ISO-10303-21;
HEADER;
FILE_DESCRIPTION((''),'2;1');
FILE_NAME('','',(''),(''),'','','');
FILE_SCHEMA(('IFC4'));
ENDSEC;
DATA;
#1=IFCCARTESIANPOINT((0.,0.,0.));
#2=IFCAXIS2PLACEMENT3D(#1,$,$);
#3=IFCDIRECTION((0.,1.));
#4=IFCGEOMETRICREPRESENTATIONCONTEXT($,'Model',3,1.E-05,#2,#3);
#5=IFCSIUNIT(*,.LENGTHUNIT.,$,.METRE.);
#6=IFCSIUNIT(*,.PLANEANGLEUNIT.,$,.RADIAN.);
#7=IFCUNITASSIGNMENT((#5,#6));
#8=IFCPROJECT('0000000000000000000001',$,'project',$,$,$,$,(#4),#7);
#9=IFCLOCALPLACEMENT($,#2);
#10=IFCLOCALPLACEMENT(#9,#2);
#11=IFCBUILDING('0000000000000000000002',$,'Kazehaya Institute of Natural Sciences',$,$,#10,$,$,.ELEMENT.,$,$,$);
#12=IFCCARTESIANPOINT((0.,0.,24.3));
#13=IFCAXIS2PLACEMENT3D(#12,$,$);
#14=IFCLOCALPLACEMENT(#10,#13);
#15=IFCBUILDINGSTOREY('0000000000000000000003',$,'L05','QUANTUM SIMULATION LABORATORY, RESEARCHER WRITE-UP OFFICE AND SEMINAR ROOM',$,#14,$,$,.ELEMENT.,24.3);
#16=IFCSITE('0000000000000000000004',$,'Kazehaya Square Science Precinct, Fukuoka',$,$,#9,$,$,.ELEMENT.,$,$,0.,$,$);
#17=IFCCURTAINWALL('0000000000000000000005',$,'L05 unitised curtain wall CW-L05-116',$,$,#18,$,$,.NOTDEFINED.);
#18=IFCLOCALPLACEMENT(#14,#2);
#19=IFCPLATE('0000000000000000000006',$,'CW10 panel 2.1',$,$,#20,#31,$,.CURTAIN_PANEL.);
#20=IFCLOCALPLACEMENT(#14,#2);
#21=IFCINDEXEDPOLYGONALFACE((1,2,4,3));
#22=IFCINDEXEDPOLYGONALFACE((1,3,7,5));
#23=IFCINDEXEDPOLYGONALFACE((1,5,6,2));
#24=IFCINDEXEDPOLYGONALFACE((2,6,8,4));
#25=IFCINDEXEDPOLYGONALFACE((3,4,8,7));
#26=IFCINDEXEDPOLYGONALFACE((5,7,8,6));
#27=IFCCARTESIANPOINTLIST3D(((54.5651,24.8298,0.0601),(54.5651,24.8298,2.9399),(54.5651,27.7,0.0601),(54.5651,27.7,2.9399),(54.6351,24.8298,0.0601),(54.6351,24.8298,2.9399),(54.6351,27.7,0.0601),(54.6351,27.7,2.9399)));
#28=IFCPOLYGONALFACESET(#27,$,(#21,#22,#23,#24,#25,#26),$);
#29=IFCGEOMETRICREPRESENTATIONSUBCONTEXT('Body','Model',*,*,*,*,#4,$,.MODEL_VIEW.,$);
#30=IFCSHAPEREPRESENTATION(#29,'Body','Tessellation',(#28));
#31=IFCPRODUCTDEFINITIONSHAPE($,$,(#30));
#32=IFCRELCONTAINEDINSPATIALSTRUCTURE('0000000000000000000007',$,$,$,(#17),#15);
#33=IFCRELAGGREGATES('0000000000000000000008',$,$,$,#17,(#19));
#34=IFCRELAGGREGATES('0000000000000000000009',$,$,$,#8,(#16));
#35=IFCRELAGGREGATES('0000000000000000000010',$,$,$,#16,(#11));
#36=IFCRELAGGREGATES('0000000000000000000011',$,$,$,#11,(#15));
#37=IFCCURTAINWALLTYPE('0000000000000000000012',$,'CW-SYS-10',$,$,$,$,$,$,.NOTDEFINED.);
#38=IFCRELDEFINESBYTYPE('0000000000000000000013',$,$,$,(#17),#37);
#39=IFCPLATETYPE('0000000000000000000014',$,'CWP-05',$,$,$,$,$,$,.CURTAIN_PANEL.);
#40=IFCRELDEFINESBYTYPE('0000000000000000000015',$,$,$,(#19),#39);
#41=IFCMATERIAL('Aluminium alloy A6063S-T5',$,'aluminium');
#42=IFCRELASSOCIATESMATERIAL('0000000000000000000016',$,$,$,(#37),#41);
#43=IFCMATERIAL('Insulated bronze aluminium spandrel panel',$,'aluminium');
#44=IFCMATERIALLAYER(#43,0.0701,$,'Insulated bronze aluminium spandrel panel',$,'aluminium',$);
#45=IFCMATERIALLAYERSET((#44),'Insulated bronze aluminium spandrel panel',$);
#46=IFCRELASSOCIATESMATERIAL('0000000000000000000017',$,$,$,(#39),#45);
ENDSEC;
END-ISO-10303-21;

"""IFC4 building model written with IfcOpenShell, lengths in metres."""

from ifc_helpers import new_model, si_unit, direction, frame, origin, origin_2d, place, context, subcontext, project, spatial, rectangle, extrude, material, layer, layer_set, type_object, element, aggregate, save


model = new_model("IFC4")

# Units and contexts
model_context = context("Model", 3, precision=1e-05, world=origin(), true_north=direction((0.0, 1.0)))
body_context = subcontext(model_context, "Body", "Model", "MODEL_VIEW")
ifc_project = project(units=[si_unit("LENGTHUNIT", "METRE"), si_unit("PLANEANGLEUNIT", "RADIAN")], contexts=[model_context])

# Site, building, storey
site_placement = place(None, origin())
site = spatial("IfcSite", under=ifc_project, at=site_placement, Name="Kazehaya Square Science Precinct, Fukuoka", CompositionType="ELEMENT", RefElevation=0.0)
building_placement = place(site_placement, origin())
building = spatial("IfcBuilding", under=site, at=building_placement, Name="Kazehaya Institute of Natural Sciences", CompositionType="ELEMENT")
storey_placement = place(building_placement, frame((0.0, 0.0, 24.3)))
storey = spatial("IfcBuildingStorey", under=building, at=storey_placement, Name="L05", Description="QUANTUM SIMULATION LABORATORY, RESEARCHER WRITE-UP OFFICE AND SEMINAR ROOM", CompositionType="ELEMENT", Elevation=24.3)

# Shared definitions
ifc_material_1 = material(Name="Aluminium alloy A6063S-T5", Category="aluminium")

# Curtain wall
curtain_wall_type_1 = type_object("IfcCurtainWallType", Name="CW-SYS-10", PredefinedType="NOTDEFINED", material=ifc_material_1)
curtain_wall_1_placement = place(storey_placement, origin())
curtain_wall_1 = element("IfcCurtainWall", 1, at=curtain_wall_1_placement, inside=storey, type_object=curtain_wall_type_1, Name="L05 unitised curtain wall CW-L05-116", PredefinedType="NOTDEFINED")

# Plate
ifc_material_2 = material(Name="Insulated bronze aluminium spandrel panel", Category="aluminium")
ifc_layer = layer(ifc_material_2, 0.0701, Name="Insulated bronze aluminium spandrel panel", Category="aluminium")
ifc_layer_set = layer_set([ifc_layer], Name="Insulated bronze aluminium spandrel panel")
plate_type = type_object("IfcPlateType", Name="CWP-05", PredefinedType="CURTAIN_PANEL", material=ifc_layer_set)
plate_1_placement = place(storey_placement, frame((54.6001, 26.2649, 0.0601), z_axis=(0.0, 0.0, 1.0), x_axis=(0.0, 1.0, 0.0)))
plate_1 = element("IfcPlate", 2, at=plate_1_placement, type_object=plate_type, Name="CW10 panel 2.1", PredefinedType="CURTAIN_PANEL", context=body_context, shape_type="SweptSolid", body=[
    extrude(rectangle(XDim=2.8701, YDim=0.0701, at=origin_2d()), origin(), (0.0, 0.0, 1.0), 2.8799),
])
aggregate(curtain_wall_1, [plate_1])

save(model, "model.ifc")
